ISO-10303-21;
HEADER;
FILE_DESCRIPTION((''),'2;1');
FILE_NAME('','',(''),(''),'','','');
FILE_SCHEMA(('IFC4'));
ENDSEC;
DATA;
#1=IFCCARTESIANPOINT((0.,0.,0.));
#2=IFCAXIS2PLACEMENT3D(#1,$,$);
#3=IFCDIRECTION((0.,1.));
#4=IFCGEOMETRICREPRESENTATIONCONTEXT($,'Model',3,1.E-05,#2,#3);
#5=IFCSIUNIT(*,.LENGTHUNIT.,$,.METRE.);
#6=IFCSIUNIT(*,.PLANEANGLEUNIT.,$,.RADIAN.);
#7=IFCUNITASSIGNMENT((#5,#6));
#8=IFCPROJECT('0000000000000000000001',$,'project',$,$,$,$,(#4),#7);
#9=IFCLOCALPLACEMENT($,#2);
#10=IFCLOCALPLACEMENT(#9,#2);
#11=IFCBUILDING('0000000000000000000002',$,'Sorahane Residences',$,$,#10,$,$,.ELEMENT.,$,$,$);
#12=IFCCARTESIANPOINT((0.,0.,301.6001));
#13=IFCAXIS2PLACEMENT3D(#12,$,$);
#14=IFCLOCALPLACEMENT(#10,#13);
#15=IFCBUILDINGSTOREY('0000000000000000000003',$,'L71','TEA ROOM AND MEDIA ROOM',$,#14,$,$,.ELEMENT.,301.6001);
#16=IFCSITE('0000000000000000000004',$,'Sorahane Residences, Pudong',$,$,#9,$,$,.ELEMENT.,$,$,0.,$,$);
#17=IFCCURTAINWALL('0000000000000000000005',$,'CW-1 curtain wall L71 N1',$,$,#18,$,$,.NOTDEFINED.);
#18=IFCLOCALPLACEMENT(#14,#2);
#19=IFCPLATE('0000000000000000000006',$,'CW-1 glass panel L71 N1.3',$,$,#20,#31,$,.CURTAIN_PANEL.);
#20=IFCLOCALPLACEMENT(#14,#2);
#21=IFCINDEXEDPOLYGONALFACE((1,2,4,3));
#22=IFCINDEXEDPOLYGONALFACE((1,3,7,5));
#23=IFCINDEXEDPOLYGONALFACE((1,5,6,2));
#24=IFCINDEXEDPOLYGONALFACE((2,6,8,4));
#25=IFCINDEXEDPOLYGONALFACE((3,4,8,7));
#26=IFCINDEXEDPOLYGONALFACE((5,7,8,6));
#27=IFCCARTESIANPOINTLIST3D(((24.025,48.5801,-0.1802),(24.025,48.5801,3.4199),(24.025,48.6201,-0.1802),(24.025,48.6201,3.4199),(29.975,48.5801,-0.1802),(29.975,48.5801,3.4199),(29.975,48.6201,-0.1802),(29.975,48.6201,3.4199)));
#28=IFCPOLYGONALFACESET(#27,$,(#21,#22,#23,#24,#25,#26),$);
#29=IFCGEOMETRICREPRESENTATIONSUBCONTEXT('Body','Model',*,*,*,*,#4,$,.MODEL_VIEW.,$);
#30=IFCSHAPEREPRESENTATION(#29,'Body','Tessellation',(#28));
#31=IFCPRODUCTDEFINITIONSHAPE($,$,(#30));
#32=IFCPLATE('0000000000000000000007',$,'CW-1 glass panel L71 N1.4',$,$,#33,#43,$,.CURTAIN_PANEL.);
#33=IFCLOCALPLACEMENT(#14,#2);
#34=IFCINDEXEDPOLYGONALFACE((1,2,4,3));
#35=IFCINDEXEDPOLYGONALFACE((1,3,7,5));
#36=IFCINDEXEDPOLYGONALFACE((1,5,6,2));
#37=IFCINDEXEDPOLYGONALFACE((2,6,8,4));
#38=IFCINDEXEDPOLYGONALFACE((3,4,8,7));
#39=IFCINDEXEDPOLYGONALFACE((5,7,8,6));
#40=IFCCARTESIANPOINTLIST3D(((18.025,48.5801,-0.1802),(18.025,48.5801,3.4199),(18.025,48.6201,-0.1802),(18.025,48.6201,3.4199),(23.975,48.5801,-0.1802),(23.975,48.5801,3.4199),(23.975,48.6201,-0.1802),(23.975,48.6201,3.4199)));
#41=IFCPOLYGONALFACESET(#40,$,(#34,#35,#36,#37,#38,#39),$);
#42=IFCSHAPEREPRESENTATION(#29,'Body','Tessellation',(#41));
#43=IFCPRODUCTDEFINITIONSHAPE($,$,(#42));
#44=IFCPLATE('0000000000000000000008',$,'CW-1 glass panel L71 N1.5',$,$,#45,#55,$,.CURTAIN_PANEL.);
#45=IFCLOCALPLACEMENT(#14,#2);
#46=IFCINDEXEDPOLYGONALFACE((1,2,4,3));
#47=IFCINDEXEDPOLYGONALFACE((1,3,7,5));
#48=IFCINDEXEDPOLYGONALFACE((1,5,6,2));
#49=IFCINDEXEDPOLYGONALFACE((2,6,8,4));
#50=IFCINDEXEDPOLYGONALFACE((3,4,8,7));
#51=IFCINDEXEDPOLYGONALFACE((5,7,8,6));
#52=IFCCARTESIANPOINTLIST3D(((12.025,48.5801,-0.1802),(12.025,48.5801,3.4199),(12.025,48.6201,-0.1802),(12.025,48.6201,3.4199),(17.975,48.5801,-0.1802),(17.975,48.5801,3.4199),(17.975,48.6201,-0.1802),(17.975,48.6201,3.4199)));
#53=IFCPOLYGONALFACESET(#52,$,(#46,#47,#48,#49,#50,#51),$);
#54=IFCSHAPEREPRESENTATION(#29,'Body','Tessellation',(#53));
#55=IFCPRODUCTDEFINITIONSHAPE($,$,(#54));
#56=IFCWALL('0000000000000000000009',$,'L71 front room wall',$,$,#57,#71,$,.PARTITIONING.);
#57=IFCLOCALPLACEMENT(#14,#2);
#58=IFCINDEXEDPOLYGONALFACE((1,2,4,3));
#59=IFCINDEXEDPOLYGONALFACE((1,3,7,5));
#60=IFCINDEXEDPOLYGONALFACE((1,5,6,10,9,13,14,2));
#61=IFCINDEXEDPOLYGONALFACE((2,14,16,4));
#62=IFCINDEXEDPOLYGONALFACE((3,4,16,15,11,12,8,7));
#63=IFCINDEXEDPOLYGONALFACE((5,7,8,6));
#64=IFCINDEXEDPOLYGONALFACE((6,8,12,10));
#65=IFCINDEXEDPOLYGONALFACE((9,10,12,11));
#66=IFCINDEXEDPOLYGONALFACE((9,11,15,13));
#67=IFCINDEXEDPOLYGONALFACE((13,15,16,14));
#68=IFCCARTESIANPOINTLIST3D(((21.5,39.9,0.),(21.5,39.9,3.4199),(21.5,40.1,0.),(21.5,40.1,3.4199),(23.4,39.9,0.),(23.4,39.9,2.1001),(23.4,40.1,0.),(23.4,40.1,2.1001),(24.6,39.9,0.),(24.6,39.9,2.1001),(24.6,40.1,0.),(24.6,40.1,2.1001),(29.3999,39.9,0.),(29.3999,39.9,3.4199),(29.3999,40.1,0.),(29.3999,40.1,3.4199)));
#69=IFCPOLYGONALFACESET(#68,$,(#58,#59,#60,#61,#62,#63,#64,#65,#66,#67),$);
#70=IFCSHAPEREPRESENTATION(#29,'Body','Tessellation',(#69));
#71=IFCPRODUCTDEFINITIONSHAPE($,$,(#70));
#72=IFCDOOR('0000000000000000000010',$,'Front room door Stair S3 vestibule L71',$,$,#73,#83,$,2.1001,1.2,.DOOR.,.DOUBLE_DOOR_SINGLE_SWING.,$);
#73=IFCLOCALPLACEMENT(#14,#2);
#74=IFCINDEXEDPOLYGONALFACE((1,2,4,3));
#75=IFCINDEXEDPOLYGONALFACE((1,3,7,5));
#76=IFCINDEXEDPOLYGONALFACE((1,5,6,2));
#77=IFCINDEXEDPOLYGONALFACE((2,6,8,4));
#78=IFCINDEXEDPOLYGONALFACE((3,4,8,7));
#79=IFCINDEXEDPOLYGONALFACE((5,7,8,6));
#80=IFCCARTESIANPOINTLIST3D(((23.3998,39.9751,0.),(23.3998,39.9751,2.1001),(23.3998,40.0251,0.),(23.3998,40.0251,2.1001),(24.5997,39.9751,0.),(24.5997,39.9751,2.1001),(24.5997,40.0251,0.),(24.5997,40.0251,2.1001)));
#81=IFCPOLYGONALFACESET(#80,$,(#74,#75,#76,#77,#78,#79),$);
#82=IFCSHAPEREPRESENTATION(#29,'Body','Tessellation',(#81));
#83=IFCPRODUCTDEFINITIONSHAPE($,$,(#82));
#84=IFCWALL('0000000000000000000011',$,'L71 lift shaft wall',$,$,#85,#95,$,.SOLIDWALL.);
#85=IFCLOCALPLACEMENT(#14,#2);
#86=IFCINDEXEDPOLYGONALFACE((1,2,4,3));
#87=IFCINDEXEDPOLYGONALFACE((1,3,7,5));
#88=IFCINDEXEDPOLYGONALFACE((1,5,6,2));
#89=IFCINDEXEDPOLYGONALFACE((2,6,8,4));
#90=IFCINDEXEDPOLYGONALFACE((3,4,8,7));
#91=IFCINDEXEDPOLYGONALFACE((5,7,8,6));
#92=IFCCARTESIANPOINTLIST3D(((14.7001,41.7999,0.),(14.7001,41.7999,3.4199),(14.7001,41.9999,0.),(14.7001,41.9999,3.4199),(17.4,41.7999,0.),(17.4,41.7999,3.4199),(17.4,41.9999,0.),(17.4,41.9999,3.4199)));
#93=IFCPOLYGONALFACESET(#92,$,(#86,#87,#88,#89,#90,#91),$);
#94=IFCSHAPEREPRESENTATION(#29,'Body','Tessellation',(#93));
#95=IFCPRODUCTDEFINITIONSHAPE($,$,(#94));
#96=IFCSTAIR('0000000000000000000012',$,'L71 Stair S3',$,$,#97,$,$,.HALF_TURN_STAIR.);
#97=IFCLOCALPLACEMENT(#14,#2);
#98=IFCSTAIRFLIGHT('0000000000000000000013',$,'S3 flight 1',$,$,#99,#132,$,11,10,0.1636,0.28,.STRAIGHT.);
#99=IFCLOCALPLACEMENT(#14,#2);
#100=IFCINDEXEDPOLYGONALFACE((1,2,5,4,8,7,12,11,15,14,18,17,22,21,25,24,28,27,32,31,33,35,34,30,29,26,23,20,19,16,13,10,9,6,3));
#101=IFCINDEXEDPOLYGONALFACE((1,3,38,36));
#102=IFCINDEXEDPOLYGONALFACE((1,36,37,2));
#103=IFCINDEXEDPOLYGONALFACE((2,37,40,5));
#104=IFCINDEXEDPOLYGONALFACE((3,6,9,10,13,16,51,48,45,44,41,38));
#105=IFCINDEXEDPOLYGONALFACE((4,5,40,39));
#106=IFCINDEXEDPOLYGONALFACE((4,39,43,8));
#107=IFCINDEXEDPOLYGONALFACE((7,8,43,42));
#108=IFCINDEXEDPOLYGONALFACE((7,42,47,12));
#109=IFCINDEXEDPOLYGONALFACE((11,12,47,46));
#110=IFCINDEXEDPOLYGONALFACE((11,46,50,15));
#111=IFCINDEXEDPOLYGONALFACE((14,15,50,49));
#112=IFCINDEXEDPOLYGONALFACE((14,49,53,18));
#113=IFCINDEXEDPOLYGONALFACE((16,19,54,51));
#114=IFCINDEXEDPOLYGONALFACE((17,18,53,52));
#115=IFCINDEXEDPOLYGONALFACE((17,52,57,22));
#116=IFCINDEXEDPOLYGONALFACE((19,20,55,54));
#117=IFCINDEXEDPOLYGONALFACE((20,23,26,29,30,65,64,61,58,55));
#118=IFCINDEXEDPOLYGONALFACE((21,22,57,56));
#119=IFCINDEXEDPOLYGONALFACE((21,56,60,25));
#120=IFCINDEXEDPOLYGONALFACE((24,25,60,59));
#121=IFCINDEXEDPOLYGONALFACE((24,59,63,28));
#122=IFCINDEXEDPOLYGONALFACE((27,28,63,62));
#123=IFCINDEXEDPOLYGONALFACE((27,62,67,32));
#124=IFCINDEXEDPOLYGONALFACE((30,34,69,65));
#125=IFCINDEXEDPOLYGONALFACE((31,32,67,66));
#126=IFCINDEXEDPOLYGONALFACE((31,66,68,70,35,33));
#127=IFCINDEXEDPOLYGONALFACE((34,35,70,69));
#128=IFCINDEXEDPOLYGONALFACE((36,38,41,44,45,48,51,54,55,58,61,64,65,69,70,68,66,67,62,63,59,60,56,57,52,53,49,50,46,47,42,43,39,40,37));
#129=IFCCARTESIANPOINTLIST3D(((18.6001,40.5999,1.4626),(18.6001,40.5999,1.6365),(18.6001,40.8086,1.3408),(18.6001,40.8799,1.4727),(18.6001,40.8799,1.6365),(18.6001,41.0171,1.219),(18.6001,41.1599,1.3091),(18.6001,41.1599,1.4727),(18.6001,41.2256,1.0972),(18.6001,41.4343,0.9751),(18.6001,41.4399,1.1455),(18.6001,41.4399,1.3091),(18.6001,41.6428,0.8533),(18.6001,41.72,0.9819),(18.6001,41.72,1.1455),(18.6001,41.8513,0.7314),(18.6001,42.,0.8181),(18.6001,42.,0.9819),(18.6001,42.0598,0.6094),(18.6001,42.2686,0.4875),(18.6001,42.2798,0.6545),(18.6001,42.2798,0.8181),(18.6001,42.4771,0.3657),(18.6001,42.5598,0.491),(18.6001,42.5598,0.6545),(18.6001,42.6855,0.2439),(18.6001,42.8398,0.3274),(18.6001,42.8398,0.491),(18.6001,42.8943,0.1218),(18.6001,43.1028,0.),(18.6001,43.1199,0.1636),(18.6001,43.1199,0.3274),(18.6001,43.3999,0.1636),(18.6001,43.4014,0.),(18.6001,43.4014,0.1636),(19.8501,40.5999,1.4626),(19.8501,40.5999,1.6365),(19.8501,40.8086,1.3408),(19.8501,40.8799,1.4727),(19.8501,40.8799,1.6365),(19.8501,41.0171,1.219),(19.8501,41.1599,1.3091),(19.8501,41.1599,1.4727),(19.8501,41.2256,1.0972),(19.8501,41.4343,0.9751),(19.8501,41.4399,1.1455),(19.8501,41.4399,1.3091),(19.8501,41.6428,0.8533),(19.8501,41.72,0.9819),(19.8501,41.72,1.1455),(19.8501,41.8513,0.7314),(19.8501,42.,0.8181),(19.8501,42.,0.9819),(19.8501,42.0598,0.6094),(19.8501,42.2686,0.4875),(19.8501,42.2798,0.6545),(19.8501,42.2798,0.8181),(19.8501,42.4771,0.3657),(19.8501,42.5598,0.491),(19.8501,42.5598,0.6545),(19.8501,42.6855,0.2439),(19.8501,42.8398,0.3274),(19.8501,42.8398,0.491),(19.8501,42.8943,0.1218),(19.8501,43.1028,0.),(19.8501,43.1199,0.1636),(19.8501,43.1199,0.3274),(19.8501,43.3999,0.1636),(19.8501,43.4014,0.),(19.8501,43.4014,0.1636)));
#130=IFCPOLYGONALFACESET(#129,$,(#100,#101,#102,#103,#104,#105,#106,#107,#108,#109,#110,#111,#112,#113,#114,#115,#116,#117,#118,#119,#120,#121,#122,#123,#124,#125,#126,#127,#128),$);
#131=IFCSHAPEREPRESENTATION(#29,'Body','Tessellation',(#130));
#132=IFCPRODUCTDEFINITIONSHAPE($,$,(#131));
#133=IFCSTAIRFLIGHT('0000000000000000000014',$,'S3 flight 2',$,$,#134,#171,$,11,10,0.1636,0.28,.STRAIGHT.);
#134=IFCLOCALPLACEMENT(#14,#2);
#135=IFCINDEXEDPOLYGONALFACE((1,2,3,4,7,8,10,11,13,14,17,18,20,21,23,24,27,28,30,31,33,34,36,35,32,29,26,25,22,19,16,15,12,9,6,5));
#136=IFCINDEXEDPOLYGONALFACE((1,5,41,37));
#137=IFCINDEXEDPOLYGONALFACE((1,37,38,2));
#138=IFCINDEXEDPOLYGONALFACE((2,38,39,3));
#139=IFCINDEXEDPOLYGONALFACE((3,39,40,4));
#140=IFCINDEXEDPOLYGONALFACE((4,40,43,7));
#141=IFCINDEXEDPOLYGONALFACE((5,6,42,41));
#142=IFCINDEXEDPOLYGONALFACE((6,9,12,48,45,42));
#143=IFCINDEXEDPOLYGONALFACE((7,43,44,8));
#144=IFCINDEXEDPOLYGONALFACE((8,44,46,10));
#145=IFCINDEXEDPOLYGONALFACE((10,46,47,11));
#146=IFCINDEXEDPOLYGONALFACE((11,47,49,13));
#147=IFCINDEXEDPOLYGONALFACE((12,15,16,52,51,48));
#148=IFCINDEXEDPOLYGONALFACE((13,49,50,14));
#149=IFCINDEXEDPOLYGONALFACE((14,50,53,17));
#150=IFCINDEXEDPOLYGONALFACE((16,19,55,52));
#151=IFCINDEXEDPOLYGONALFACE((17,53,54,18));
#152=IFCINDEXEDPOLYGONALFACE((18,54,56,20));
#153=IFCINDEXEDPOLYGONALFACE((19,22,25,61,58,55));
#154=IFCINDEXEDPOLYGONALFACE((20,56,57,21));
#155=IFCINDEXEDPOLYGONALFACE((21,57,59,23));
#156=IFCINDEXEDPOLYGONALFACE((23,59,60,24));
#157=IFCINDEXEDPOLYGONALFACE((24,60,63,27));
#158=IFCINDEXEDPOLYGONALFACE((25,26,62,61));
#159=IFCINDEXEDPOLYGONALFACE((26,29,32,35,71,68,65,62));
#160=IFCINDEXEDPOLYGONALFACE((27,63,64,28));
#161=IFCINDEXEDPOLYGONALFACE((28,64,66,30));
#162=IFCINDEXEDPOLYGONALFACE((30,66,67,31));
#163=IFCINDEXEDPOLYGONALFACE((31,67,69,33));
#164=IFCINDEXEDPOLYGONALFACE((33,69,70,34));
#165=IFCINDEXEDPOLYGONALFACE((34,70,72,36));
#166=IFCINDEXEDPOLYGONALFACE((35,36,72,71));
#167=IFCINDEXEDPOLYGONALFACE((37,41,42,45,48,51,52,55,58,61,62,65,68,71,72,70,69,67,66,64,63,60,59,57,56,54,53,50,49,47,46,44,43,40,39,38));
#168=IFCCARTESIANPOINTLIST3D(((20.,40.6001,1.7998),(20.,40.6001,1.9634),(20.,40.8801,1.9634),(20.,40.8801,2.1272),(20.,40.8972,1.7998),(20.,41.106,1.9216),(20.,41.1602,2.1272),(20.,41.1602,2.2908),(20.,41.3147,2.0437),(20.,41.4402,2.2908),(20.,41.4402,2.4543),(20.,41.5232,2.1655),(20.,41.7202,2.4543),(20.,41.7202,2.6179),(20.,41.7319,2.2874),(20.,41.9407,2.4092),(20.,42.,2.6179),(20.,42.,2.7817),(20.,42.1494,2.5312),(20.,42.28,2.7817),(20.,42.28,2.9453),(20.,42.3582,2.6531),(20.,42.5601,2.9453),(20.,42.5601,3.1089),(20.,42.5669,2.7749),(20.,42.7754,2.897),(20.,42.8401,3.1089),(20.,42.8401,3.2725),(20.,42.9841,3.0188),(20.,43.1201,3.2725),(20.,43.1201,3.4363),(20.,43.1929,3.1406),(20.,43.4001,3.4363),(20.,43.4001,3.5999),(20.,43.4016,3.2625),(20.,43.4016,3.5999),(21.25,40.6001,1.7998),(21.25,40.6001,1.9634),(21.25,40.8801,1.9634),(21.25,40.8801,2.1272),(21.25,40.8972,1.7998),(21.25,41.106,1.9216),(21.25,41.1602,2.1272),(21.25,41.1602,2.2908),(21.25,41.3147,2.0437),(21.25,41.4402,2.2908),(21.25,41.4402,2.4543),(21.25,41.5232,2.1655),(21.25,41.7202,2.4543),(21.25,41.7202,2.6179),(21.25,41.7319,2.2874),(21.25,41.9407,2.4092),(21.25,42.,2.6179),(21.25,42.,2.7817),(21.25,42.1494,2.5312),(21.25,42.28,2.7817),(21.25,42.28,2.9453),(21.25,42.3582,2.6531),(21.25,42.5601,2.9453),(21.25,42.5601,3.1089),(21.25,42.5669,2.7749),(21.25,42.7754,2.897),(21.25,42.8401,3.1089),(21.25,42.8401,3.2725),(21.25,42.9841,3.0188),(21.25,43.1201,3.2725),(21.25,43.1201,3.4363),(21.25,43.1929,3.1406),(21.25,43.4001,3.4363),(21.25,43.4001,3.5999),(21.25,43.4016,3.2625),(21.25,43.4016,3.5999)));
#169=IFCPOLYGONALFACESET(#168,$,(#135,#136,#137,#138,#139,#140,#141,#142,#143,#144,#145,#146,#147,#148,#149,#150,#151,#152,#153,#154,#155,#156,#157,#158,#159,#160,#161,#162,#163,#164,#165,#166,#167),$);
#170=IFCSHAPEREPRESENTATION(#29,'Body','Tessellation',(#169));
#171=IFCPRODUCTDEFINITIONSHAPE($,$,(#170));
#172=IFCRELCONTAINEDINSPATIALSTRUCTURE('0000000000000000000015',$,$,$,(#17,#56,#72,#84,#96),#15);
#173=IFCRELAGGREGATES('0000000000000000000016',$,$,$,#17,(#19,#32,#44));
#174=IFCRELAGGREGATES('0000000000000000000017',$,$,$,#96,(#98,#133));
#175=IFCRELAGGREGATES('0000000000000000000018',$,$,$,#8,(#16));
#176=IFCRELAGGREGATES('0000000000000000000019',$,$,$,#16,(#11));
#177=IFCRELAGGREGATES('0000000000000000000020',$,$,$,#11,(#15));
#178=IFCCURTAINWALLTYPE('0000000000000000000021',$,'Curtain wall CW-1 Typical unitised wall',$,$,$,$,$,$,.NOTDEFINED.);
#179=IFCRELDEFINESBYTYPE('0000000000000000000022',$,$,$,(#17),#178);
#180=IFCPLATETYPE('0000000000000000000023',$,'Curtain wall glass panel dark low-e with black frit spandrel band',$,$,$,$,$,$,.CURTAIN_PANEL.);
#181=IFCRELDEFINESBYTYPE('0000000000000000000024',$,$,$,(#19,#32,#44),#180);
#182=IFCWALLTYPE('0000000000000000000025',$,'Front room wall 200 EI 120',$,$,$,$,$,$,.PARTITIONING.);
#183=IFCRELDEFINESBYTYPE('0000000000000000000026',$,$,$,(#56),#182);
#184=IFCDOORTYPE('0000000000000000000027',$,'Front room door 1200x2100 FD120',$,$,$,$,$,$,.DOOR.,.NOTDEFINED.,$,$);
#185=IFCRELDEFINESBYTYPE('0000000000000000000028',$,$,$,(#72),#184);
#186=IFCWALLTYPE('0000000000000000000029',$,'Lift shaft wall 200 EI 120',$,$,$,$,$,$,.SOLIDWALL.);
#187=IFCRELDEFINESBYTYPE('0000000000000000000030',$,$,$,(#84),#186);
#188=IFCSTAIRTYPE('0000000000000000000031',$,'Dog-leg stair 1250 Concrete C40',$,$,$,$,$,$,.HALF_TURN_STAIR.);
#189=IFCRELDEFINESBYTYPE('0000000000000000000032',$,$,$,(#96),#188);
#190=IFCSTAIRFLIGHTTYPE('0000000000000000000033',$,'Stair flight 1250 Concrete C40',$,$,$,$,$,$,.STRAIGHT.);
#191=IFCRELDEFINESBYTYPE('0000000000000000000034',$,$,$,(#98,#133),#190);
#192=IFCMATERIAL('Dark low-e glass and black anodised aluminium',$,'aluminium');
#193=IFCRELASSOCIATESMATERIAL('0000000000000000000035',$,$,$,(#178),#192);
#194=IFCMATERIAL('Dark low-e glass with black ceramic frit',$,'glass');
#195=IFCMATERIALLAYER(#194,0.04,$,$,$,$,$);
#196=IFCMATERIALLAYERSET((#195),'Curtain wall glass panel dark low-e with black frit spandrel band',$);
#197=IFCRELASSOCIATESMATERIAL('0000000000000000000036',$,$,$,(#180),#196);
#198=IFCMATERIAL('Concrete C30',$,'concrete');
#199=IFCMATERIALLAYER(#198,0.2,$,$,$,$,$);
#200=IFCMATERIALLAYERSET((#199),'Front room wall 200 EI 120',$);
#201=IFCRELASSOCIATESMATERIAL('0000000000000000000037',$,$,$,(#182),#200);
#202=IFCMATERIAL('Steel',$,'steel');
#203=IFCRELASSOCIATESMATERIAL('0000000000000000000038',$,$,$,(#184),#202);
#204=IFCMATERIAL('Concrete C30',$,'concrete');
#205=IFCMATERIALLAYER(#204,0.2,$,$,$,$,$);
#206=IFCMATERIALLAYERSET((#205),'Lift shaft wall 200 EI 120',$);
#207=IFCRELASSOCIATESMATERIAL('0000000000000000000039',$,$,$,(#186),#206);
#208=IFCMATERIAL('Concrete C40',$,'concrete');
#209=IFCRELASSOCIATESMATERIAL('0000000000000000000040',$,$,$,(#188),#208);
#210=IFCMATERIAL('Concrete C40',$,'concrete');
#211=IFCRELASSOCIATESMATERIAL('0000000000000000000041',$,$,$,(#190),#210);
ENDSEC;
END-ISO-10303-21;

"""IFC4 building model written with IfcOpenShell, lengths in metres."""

from ifc_helpers import new_model, si_unit, direction, frame, frame_2d, origin, origin_2d, place, context, subcontext, project, spatial, polyline, rectangle, outline, extrude, material, layer, layer_set, type_object, element, fill, aggregate, save


model = new_model("IFC4")

# Units and contexts
model_context = context("Model", 3, precision=1e-05, world=origin(), true_north=direction((0.0, 1.0)))
body_context = subcontext(model_context, "Body", "Model", "MODEL_VIEW")
ifc_project = project(units=[si_unit("LENGTHUNIT", "METRE"), si_unit("PLANEANGLEUNIT", "RADIAN")], contexts=[model_context])

# Site, building, storey
site_placement = place(None, origin())
site = spatial("IfcSite", under=ifc_project, at=site_placement, Name="Sorahane Residences, Pudong", CompositionType="ELEMENT", RefElevation=0.0)
building_placement = place(site_placement, origin())
building = spatial("IfcBuilding", under=site, at=building_placement, Name="Sorahane Residences", CompositionType="ELEMENT")
storey_placement = place(building_placement, frame((0.0, 0.0, 301.6001)))
storey = spatial("IfcBuildingStorey", under=building, at=storey_placement, Name="L71", Description="TEA ROOM AND MEDIA ROOM", CompositionType="ELEMENT", Elevation=301.6001)

# Curtain wall
ifc_material_1 = material(Name="Dark low-e glass and black anodised aluminium", Category="aluminium")
curtain_wall_type = type_object("IfcCurtainWallType", Name="Curtain wall CW-1 Typical unitised wall", PredefinedType="NOTDEFINED", material=ifc_material_1)
curtain_wall_placement = place(storey_placement, origin())
curtain_wall = element("IfcCurtainWall", 1, at=curtain_wall_placement, inside=storey, type_object=curtain_wall_type, Name="CW-1 curtain wall L71 N1", PredefinedType="NOTDEFINED")

# Plates
ifc_material_2 = material(Name="Dark low-e glass with black ceramic frit", Category="glass")
ifc_layer_1 = layer(ifc_material_2, 0.04)
ifc_layer_set_1 = layer_set([ifc_layer_1], Name="Curtain wall glass panel dark low-e with black frit spandrel band")
plate_type = type_object("IfcPlateType", Name="Curtain wall glass panel dark low-e with black frit spandrel band", PredefinedType="CURTAIN_PANEL", material=ifc_layer_set_1)
plate_1_placement = place(storey_placement, frame((27.0, 48.6001, -0.1802), z_axis=(0.0, 0.0, 1.0), x_axis=(-1.0, 0.0, 0.0)))
plate_1 = element("IfcPlate", 2, at=plate_1_placement, type_object=plate_type, Name="CW-1 glass panel L71 N1.3", PredefinedType="CURTAIN_PANEL", context=body_context, shape_type="SweptSolid", body=[
    extrude(rectangle(XDim=5.95, YDim=0.04, at=origin_2d()), origin(), (0.0, 0.0, 1.0), 3.6001),
])
plate_2_placement = place(storey_placement, frame((21.0, 48.6001, -0.1802), z_axis=(0.0, 0.0, 1.0), x_axis=(-1.0, 0.0, 0.0)))
plate_2 = element("IfcPlate", 3, at=plate_2_placement, type_object=plate_type, Name="CW-1 glass panel L71 N1.4", PredefinedType="CURTAIN_PANEL", context=body_context, shape_type="SweptSolid", body=[
    extrude(rectangle(XDim=5.95, YDim=0.04, at=origin_2d()), origin(), (0.0, 0.0, 1.0), 3.6001),
])
plate_3_placement = place(storey_placement, frame((15.0, 48.6001, -0.1802), z_axis=(0.0, 0.0, 1.0), x_axis=(-1.0, 0.0, 0.0)))
plate_3 = element("IfcPlate", 4, at=plate_3_placement, type_object=plate_type, Name="CW-1 glass panel L71 N1.5", PredefinedType="CURTAIN_PANEL", context=body_context, shape_type="SweptSolid", body=[
    extrude(rectangle(XDim=5.95, YDim=0.04, at=origin_2d()), origin(), (0.0, 0.0, 1.0), 3.6001),
])
aggregate(curtain_wall, [plate_1, plate_2, plate_3])

# Wall, opening, door
ifc_material_3 = material(Name="Concrete C30", Category="concrete")
ifc_layer_2 = layer(ifc_material_3, 0.2)
ifc_layer_set_2 = layer_set([ifc_layer_2], Name="Front room wall 200 EI 120")
wall_type_1 = type_object("IfcWallType", Name="Front room wall 200 EI 120", PredefinedType="PARTITIONING", material=ifc_layer_set_2)
wall_1_placement = place(storey_placement, frame((21.5, 40.0, 0.0), z_axis=(0.0, 0.0, 1.0), x_axis=(1.0, 0.0, 0.0)))
wall_1 = element("IfcWall", 5, at=wall_1_placement, inside=storey, type_object=wall_type_1, Name="L71 front room wall", PredefinedType="PARTITIONING", context=body_context, shape_type="SweptSolid", body=[
    extrude(rectangle(XDim=7.8999, YDim=0.2, at=frame_2d((3.95, 0.0))), origin(), (0.0, 0.0, 1.0), 3.4199),
])
opening_placement = place(wall_1_placement, frame((1.8999, 0.0, 0.0)))
opening = element("IfcOpeningElement", 6, at=opening_placement, cuts=wall_1, PredefinedType="OPENING", context=body_context, shape_type="SweptSolid", body=[
    extrude(rectangle(XDim=1.2, YDim=2.1001, at=frame_2d((0.6001, 1.05))), frame((0.0, 0.1099, 0.0), z_axis=(0.0, -1.0, 0.0), x_axis=(1.0, 0.0, 0.0)), (0.0, 0.0, 1.0), 0.22),
])
ifc_material_4 = material(Name="Steel", Category="steel")
door_type = type_object("IfcDoorType", Name="Front room door 1200x2100 FD120", OperationType="NOTDEFINED", PredefinedType="DOOR", material=ifc_material_4)
door_placement = place(opening_placement, frame((1.2, 0.0, 0.0), z_axis=(0.0, 0.0, 1.0), x_axis=(-1.0, 0.0, 0.0)))
door = element("IfcDoor", 7, at=door_placement, inside=storey, type_object=door_type, Name="Front room door Stair S3 vestibule L71", OperationType="DOUBLE_DOOR_SINGLE_SWING", OverallHeight=2.1001, OverallWidth=1.2, PredefinedType="DOOR", context=body_context, shape_type="SweptSolid", body=[
    extrude(rectangle(XDim=1.2, YDim=2.1001, at=frame_2d((0.6001, 1.05))), frame((0.0, 0.0249, 0.0), z_axis=(0.0, -1.0, 0.0), x_axis=(1.0, 0.0, 0.0)), (0.0, 0.0, 1.0), 0.05),
])
fill(opening, door)

# Wall
ifc_material_5 = material(Name="Concrete C30", Category="concrete")
ifc_layer_3 = layer(ifc_material_5, 0.2)
ifc_layer_set_3 = layer_set([ifc_layer_3], Name="Lift shaft wall 200 EI 120")
wall_type_2 = type_object("IfcWallType", Name="Lift shaft wall 200 EI 120", PredefinedType="SOLIDWALL", material=ifc_layer_set_3)
wall_2_placement = place(storey_placement, frame((14.7, 41.8999, 0.0), z_axis=(0.0, 0.0, 1.0), x_axis=(1.0, 0.0, 0.0)))
element("IfcWall", 8, at=wall_2_placement, inside=storey, type_object=wall_type_2, Name="L71 lift shaft wall", PredefinedType="SOLIDWALL", context=body_context, shape_type="SweptSolid", body=[
    extrude(rectangle(XDim=2.7, YDim=0.2, at=frame_2d((1.3501, 0.0))), origin(), (0.0, 0.0, 1.0), 3.4199),
])

# Stair, stair flights
ifc_material_6 = material(Name="Concrete C40", Category="concrete")
stair_type = type_object("IfcStairType", Name="Dog-leg stair 1250 Concrete C40", PredefinedType="HALF_TURN_STAIR", material=ifc_material_6)
stair_placement = place(storey_placement, origin())
stair = element("IfcStair", 9, at=stair_placement, inside=storey, type_object=stair_type, Name="L71 Stair S3", PredefinedType="HALF_TURN_STAIR")
ifc_material_7 = material(Name="Concrete C40", Category="concrete")
stair_flight_type = type_object("IfcStairFlightType", Name="Stair flight 1250 Concrete C40", PredefinedType="STRAIGHT", material=ifc_material_7)
stair_flight_1_placement = place(storey_placement, frame((19.2251, 43.3999, 0.0), z_axis=(0.0, 0.0, 1.0), x_axis=(0.0, -1.0, 0.0)))
stair_flight_1 = element("IfcStairFlight", 10, at=stair_flight_1_placement, type_object=stair_flight_type, Name="S3 flight 1", NumberOfRisers=11, NumberOfTreads=10, PredefinedType="STRAIGHT", RiserHeight=0.1636, TreadLength=0.28, context=body_context, shape_type="SweptSolid", body=[
    extrude(outline(polyline([(-0.0015, 0.0), (-0.0015, 0.1636), (0.0, 0.1636), (0.28, 0.1636), (0.28, 0.3274), (0.5601, 0.3274), (0.5601, 0.491), (0.8401, 0.491), (0.8401, 0.6545), (1.1201, 0.6545), (1.1201, 0.8181), (1.3999, 0.8181), (1.3999, 0.9819), (1.6799, 0.9819), (1.6799, 1.1455), (1.96, 1.1455), (1.96, 1.3091), (2.24, 1.3091), (2.24, 1.4727), (2.52, 1.4727), (2.52, 1.6365), (2.8, 1.6365), (2.8, 1.8), (2.8, 1.4626), (2.5913, 1.3408), (2.3828, 1.219), (2.1743, 1.0972), (1.9656, 0.9751), (1.7571, 0.8533), (1.5486, 0.7314), (1.3401, 0.6094), (1.1313, 0.4875), (0.9229, 0.3657), (0.7144, 0.2439), (0.5056, 0.1218), (0.2971, 0.0), (-0.0015, 0.0)])), frame((0.0, 0.625, 0.0), z_axis=(0.0, -1.0, 0.0), x_axis=(1.0, 0.0, 0.0)), (0.0, 0.0, 1.0), 1.25),
])
stair_flight_2_placement = place(storey_placement, frame((20.625, 40.6001, 1.7998), z_axis=(0.0, 0.0, 1.0), x_axis=(0.0, 1.0, 0.0)))
stair_flight_2 = element("IfcStairFlight", 11, at=stair_flight_2_placement, type_object=stair_flight_type, Name="S3 flight 2", NumberOfRisers=11, NumberOfTreads=10, PredefinedType="STRAIGHT", RiserHeight=0.1636, TreadLength=0.28, context=body_context, shape_type="SweptSolid", body=[
    extrude(outline(polyline([(0.0, 0.0), (0.0, 0.1636), (0.28, 0.1636), (0.28, 0.3274), (0.5601, 0.3274), (0.5601, 0.491), (0.8401, 0.491), (0.8401, 0.6545), (1.1201, 0.6545), (1.1201, 0.8181), (1.3999, 0.8181), (1.3999, 0.9819), (1.6799, 0.9819), (1.6799, 1.1455), (1.96, 1.1455), (1.96, 1.3091), (2.24, 1.3091), (2.24, 1.4727), (2.52, 1.4727), (2.52, 1.6365), (2.8, 1.6365), (2.8, 1.8), (2.8015, 1.8), (2.8015, 1.4626), (2.5928, 1.3408), (2.384, 1.219), (2.1753, 1.0972), (1.9668, 0.9751), (1.7581, 0.8533), (1.5493, 0.7314), (1.3406, 0.6094), (1.1318, 0.4875), (0.9231, 0.3657), (0.7146, 0.2439), (0.5059, 0.1218), (0.2971, 0.0), (0.0, 0.0)])), frame((0.0, 0.625, 0.0), z_axis=(0.0, -1.0, 0.0), x_axis=(1.0, 0.0, 0.0)), (0.0, 0.0, 1.0), 1.25),
])
aggregate(stair, [stair_flight_1, stair_flight_2])

save(model, "model.ifc")
